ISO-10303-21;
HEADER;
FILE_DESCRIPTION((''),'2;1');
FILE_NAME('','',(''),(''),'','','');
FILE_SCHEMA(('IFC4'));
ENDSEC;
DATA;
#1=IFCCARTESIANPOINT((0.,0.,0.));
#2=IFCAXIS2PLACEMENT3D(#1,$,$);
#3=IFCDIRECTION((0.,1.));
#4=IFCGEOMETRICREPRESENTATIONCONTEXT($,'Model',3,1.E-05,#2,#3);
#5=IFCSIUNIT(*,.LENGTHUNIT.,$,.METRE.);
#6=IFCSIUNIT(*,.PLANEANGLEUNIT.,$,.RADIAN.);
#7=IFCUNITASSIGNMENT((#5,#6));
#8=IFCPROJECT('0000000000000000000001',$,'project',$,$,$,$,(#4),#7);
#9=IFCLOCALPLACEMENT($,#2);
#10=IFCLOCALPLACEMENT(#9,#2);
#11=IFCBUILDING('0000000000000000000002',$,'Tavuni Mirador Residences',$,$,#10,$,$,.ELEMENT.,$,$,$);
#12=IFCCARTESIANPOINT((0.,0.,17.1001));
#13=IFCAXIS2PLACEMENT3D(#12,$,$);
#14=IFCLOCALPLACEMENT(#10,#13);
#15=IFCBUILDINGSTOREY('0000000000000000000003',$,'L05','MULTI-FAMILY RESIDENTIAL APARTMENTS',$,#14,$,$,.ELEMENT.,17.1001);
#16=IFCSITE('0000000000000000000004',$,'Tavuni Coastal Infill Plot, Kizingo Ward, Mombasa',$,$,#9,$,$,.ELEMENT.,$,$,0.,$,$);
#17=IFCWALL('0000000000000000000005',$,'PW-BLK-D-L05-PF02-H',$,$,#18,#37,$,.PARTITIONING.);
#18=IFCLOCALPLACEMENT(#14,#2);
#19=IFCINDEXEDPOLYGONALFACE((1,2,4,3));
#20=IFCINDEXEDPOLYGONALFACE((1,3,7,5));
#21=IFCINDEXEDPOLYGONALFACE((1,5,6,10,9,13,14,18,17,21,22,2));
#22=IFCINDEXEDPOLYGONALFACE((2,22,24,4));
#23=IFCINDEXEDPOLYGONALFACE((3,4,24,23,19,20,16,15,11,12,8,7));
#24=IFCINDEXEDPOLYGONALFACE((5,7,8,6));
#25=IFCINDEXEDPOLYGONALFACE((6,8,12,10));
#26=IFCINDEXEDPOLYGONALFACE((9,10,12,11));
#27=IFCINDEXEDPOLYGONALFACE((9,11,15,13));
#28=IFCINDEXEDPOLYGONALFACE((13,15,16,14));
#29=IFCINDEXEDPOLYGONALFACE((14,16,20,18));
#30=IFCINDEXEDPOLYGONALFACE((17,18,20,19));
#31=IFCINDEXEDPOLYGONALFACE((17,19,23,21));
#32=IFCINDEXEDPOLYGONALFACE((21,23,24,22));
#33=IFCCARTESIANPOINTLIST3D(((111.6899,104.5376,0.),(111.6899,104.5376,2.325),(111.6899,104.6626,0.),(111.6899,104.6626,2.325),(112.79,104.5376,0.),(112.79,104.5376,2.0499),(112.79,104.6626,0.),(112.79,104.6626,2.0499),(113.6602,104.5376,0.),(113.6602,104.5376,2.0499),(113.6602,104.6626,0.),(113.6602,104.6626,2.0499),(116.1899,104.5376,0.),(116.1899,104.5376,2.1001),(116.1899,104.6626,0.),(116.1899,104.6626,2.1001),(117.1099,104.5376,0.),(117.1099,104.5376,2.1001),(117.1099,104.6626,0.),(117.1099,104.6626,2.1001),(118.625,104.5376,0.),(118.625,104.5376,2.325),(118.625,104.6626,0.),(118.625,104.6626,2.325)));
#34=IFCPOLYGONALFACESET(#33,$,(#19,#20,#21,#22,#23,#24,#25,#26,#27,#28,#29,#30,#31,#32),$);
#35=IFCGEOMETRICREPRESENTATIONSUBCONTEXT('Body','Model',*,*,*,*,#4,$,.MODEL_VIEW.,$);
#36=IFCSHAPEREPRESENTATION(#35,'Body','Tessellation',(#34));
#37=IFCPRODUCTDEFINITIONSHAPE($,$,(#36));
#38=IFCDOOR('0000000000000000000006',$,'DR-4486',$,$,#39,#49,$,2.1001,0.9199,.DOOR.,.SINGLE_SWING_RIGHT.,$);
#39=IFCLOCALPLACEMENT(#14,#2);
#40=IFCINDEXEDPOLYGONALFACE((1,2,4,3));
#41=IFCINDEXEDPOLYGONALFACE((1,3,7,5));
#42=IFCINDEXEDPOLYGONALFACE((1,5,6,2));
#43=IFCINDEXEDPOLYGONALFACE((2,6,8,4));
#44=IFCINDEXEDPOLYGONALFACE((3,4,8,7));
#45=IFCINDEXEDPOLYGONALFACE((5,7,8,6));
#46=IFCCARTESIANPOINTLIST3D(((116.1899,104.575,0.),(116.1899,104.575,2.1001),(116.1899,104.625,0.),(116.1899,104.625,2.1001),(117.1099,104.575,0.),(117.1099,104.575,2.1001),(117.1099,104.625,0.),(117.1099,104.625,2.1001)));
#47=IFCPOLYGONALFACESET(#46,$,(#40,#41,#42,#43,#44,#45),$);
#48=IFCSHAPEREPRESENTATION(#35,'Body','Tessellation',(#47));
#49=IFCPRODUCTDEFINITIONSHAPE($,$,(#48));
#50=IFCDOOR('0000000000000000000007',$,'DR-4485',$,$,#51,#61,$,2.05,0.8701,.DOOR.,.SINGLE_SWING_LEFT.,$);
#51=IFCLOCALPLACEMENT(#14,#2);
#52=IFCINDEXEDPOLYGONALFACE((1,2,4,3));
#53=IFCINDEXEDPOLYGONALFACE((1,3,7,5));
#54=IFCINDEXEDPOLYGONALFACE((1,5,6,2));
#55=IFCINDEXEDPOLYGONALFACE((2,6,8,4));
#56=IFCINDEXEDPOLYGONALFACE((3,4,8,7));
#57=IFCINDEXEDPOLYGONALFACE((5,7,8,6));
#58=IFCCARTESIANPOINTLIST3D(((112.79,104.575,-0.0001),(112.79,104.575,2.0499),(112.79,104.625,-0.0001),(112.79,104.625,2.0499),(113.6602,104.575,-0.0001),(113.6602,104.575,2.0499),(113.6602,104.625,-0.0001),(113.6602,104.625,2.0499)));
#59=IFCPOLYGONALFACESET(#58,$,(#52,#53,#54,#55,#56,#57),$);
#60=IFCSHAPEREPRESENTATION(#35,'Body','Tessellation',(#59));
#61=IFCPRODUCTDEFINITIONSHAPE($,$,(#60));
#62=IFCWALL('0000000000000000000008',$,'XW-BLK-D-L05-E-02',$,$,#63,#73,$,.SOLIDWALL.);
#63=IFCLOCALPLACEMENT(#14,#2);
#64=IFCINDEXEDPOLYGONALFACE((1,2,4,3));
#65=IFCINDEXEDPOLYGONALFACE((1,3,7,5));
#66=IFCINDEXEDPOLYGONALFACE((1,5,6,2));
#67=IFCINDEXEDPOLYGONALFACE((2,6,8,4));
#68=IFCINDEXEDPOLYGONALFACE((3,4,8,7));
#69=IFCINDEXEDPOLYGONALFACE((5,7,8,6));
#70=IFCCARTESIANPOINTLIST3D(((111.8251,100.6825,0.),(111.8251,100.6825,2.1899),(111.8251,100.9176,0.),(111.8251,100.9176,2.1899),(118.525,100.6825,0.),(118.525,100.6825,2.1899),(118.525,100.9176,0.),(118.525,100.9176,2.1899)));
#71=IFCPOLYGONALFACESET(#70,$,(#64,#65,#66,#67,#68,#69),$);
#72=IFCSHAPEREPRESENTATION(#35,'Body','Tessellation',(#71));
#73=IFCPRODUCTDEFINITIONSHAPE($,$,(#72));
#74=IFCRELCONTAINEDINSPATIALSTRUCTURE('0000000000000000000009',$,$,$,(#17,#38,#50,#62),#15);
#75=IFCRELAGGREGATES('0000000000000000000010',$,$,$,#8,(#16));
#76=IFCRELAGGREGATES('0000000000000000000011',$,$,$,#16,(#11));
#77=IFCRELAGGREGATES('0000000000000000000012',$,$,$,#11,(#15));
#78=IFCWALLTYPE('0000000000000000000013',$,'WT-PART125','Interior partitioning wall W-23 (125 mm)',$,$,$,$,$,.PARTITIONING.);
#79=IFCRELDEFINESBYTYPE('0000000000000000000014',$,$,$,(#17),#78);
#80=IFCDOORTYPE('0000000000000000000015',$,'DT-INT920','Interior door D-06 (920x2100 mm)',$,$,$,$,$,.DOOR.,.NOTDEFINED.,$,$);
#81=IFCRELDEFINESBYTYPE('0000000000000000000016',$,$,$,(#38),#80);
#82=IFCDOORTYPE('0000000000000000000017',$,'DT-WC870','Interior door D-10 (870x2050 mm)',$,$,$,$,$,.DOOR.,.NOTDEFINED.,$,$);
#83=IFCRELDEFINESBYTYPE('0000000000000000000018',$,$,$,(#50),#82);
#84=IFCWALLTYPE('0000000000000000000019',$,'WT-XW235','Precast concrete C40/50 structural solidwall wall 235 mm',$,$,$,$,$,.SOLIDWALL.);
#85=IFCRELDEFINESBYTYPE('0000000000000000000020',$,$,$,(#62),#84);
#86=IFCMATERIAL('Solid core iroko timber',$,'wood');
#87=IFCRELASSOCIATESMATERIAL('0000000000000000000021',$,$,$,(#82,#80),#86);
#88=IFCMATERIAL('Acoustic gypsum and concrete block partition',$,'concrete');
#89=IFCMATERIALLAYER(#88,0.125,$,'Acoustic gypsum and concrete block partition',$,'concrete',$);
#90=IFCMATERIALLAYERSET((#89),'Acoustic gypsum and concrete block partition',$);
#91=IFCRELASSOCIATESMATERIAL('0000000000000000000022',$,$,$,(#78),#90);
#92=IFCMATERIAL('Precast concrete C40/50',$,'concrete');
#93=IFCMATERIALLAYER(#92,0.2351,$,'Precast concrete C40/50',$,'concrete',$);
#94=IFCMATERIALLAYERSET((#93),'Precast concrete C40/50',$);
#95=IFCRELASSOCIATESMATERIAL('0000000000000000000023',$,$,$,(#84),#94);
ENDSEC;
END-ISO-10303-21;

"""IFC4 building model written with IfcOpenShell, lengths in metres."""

from ifc_helpers import new_model, si_unit, direction, frame, frame_2d, origin, place, context, subcontext, project, spatial, rectangle, extrude, material, layer, layer_set, type_object, element, fill, save


model = new_model("IFC4")

# Units and contexts
model_context = context("Model", 3, precision=1e-05, world=origin(), true_north=direction((0.0, 1.0)))
body_context = subcontext(model_context, "Body", "Model", "MODEL_VIEW")
ifc_project = project(units=[si_unit("LENGTHUNIT", "METRE"), si_unit("PLANEANGLEUNIT", "RADIAN")], contexts=[model_context])

# Site, building, storey
site_placement = place(None, origin())
site = spatial("IfcSite", under=ifc_project, at=site_placement, Name="Tavuni Coastal Infill Plot, Kizingo Ward, Mombasa", CompositionType="ELEMENT", RefElevation=0.0)
building_placement = place(site_placement, origin())
building = spatial("IfcBuilding", under=site, at=building_placement, Name="Tavuni Mirador Residences", CompositionType="ELEMENT")
storey_placement = place(building_placement, frame((0.0, 0.0, 17.1001)))
storey = spatial("IfcBuildingStorey", under=building, at=storey_placement, Name="L05", Description="MULTI-FAMILY RESIDENTIAL APARTMENTS", CompositionType="ELEMENT", Elevation=17.1001)

# Shared definitions
ifc_material_1 = material(Name="Precast concrete C40/50", Category="concrete")

# Shared definitions
ifc_material_2 = material(Name="Acoustic gypsum and concrete block partition", Category="concrete")

# Wall, openings, doors
ifc_material_3 = material(Name="Solid core iroko timber", Category="wood")
door_type_1 = type_object("IfcDoorType", Name="DT-WC870", Description="Interior door D-10 (870x2050 mm)", OperationType="NOTDEFINED", PredefinedType="DOOR", material=ifc_material_3)
ifc_layer_1 = layer(ifc_material_2, 0.125, Name="Acoustic gypsum and concrete block partition", Category="concrete")
ifc_layer_set_1 = layer_set([ifc_layer_1], Name="Acoustic gypsum and concrete block partition")
wall_type_1 = type_object("IfcWallType", Name="WT-PART125", Description="Interior partitioning wall W-23 (125 mm)", PredefinedType="PARTITIONING", material=ifc_layer_set_1)
wall_1_placement = place(storey_placement, frame((111.6899, 104.6001, 0.0), z_axis=(0.0, 0.0, 1.0), x_axis=(1.0, 0.0, 0.0)))
wall_1 = element("IfcWall", 1, at=wall_1_placement, inside=storey, type_object=wall_type_1, Name="PW-BLK-D-L05-PF02-H", PredefinedType="PARTITIONING", context=body_context, shape_type="SweptSolid", body=[
    extrude(rectangle(XDim=6.9351, YDim=0.125, at=frame_2d((3.4675, 0.0))), origin(), (0.0, 0.0, 1.0), 2.325),
])
opening_1_placement = place(wall_1_placement, frame((1.1001, 0.0, 0.0)))
opening_1 = element("IfcOpeningElement", 2, at=opening_1_placement, cuts=wall_1, PredefinedType="OPENING", context=body_context, shape_type="SweptSolid", body=[
    extrude(rectangle(XDim=0.8701, YDim=2.05, at=frame_2d((0.4351, 1.0249))), frame((0.0, 0.0725, 0.0), z_axis=(0.0, -1.0, 0.0), x_axis=(1.0, 0.0, 0.0)), (0.0, 0.0, 1.0), 0.145),
])
opening_2_placement = place(wall_1_placement, frame((4.5, 0.0, 0.0)))
opening_2 = element("IfcOpeningElement", 3, at=opening_2_placement, cuts=wall_1, PredefinedType="OPENING", context=body_context, shape_type="SweptSolid", body=[
    extrude(rectangle(XDim=0.9199, YDim=2.1001, at=frame_2d((0.46, 1.05))), frame((0.0, 0.0725, 0.0), z_axis=(0.0, -1.0, 0.0), x_axis=(1.0, 0.0, 0.0)), (0.0, 0.0, 1.0), 0.145),
])
door_type_2 = type_object("IfcDoorType", Name="DT-INT920", Description="Interior door D-06 (920x2100 mm)", OperationType="NOTDEFINED", PredefinedType="DOOR", material=ifc_material_3)
door_1_placement = place(opening_2_placement, origin())
door_1 = element("IfcDoor", 4, at=door_1_placement, inside=storey, type_object=door_type_2, Name="DR-4486", OperationType="SINGLE_SWING_RIGHT", OverallHeight=2.1001, OverallWidth=0.9199, PredefinedType="DOOR", context=body_context, shape_type="SweptSolid", body=[
    extrude(rectangle(XDim=0.9199, YDim=2.1001, at=frame_2d((0.46, 1.05))), frame((0.0, 0.0249, 0.0), z_axis=(0.0, -1.0, 0.0), x_axis=(1.0, 0.0, 0.0)), (0.0, 0.0, 1.0), 0.05),
])
fill(opening_2, door_1)
door_2_placement = place(opening_1_placement, origin())
door_2 = element("IfcDoor", 5, at=door_2_placement, inside=storey, type_object=door_type_1, Name="DR-4485", OperationType="SINGLE_SWING_LEFT", OverallHeight=2.05, OverallWidth=0.8701, PredefinedType="DOOR", context=body_context, shape_type="SweptSolid", body=[
    extrude(rectangle(XDim=0.8701, YDim=2.05, at=frame_2d((0.4351, 1.0249))), frame((0.0, 0.0249, 0.0), z_axis=(0.0, -1.0, 0.0), x_axis=(1.0, 0.0, 0.0)), (0.0, 0.0, 1.0), 0.05),
])
fill(opening_1, door_2)

# Wall
ifc_layer_2 = layer(ifc_material_1, 0.2351, Name="Precast concrete C40/50", Category="concrete")
ifc_layer_set_2 = layer_set([ifc_layer_2], Name="Precast concrete C40/50")
wall_type_2 = type_object("IfcWallType", Name="WT-XW235", Description="Precast concrete C40/50 structural solidwall wall 235 mm", PredefinedType="SOLIDWALL", material=ifc_layer_set_2)
wall_2_placement = place(storey_placement, frame((111.825, 100.8, 0.0), z_axis=(0.0, 0.0, 1.0), x_axis=(1.0, 0.0, 0.0)))
element("IfcWall", 6, at=wall_2_placement, inside=storey, type_object=wall_type_2, Name="XW-BLK-D-L05-E-02", PredefinedType="SOLIDWALL", context=body_context, shape_type="SweptSolid", body=[
    extrude(rectangle(XDim=6.7, YDim=0.2351, at=frame_2d((3.3501, 0.0))), origin(), (0.0, 0.0, 1.0), 2.1899),
])

save(model, "model.ifc")
